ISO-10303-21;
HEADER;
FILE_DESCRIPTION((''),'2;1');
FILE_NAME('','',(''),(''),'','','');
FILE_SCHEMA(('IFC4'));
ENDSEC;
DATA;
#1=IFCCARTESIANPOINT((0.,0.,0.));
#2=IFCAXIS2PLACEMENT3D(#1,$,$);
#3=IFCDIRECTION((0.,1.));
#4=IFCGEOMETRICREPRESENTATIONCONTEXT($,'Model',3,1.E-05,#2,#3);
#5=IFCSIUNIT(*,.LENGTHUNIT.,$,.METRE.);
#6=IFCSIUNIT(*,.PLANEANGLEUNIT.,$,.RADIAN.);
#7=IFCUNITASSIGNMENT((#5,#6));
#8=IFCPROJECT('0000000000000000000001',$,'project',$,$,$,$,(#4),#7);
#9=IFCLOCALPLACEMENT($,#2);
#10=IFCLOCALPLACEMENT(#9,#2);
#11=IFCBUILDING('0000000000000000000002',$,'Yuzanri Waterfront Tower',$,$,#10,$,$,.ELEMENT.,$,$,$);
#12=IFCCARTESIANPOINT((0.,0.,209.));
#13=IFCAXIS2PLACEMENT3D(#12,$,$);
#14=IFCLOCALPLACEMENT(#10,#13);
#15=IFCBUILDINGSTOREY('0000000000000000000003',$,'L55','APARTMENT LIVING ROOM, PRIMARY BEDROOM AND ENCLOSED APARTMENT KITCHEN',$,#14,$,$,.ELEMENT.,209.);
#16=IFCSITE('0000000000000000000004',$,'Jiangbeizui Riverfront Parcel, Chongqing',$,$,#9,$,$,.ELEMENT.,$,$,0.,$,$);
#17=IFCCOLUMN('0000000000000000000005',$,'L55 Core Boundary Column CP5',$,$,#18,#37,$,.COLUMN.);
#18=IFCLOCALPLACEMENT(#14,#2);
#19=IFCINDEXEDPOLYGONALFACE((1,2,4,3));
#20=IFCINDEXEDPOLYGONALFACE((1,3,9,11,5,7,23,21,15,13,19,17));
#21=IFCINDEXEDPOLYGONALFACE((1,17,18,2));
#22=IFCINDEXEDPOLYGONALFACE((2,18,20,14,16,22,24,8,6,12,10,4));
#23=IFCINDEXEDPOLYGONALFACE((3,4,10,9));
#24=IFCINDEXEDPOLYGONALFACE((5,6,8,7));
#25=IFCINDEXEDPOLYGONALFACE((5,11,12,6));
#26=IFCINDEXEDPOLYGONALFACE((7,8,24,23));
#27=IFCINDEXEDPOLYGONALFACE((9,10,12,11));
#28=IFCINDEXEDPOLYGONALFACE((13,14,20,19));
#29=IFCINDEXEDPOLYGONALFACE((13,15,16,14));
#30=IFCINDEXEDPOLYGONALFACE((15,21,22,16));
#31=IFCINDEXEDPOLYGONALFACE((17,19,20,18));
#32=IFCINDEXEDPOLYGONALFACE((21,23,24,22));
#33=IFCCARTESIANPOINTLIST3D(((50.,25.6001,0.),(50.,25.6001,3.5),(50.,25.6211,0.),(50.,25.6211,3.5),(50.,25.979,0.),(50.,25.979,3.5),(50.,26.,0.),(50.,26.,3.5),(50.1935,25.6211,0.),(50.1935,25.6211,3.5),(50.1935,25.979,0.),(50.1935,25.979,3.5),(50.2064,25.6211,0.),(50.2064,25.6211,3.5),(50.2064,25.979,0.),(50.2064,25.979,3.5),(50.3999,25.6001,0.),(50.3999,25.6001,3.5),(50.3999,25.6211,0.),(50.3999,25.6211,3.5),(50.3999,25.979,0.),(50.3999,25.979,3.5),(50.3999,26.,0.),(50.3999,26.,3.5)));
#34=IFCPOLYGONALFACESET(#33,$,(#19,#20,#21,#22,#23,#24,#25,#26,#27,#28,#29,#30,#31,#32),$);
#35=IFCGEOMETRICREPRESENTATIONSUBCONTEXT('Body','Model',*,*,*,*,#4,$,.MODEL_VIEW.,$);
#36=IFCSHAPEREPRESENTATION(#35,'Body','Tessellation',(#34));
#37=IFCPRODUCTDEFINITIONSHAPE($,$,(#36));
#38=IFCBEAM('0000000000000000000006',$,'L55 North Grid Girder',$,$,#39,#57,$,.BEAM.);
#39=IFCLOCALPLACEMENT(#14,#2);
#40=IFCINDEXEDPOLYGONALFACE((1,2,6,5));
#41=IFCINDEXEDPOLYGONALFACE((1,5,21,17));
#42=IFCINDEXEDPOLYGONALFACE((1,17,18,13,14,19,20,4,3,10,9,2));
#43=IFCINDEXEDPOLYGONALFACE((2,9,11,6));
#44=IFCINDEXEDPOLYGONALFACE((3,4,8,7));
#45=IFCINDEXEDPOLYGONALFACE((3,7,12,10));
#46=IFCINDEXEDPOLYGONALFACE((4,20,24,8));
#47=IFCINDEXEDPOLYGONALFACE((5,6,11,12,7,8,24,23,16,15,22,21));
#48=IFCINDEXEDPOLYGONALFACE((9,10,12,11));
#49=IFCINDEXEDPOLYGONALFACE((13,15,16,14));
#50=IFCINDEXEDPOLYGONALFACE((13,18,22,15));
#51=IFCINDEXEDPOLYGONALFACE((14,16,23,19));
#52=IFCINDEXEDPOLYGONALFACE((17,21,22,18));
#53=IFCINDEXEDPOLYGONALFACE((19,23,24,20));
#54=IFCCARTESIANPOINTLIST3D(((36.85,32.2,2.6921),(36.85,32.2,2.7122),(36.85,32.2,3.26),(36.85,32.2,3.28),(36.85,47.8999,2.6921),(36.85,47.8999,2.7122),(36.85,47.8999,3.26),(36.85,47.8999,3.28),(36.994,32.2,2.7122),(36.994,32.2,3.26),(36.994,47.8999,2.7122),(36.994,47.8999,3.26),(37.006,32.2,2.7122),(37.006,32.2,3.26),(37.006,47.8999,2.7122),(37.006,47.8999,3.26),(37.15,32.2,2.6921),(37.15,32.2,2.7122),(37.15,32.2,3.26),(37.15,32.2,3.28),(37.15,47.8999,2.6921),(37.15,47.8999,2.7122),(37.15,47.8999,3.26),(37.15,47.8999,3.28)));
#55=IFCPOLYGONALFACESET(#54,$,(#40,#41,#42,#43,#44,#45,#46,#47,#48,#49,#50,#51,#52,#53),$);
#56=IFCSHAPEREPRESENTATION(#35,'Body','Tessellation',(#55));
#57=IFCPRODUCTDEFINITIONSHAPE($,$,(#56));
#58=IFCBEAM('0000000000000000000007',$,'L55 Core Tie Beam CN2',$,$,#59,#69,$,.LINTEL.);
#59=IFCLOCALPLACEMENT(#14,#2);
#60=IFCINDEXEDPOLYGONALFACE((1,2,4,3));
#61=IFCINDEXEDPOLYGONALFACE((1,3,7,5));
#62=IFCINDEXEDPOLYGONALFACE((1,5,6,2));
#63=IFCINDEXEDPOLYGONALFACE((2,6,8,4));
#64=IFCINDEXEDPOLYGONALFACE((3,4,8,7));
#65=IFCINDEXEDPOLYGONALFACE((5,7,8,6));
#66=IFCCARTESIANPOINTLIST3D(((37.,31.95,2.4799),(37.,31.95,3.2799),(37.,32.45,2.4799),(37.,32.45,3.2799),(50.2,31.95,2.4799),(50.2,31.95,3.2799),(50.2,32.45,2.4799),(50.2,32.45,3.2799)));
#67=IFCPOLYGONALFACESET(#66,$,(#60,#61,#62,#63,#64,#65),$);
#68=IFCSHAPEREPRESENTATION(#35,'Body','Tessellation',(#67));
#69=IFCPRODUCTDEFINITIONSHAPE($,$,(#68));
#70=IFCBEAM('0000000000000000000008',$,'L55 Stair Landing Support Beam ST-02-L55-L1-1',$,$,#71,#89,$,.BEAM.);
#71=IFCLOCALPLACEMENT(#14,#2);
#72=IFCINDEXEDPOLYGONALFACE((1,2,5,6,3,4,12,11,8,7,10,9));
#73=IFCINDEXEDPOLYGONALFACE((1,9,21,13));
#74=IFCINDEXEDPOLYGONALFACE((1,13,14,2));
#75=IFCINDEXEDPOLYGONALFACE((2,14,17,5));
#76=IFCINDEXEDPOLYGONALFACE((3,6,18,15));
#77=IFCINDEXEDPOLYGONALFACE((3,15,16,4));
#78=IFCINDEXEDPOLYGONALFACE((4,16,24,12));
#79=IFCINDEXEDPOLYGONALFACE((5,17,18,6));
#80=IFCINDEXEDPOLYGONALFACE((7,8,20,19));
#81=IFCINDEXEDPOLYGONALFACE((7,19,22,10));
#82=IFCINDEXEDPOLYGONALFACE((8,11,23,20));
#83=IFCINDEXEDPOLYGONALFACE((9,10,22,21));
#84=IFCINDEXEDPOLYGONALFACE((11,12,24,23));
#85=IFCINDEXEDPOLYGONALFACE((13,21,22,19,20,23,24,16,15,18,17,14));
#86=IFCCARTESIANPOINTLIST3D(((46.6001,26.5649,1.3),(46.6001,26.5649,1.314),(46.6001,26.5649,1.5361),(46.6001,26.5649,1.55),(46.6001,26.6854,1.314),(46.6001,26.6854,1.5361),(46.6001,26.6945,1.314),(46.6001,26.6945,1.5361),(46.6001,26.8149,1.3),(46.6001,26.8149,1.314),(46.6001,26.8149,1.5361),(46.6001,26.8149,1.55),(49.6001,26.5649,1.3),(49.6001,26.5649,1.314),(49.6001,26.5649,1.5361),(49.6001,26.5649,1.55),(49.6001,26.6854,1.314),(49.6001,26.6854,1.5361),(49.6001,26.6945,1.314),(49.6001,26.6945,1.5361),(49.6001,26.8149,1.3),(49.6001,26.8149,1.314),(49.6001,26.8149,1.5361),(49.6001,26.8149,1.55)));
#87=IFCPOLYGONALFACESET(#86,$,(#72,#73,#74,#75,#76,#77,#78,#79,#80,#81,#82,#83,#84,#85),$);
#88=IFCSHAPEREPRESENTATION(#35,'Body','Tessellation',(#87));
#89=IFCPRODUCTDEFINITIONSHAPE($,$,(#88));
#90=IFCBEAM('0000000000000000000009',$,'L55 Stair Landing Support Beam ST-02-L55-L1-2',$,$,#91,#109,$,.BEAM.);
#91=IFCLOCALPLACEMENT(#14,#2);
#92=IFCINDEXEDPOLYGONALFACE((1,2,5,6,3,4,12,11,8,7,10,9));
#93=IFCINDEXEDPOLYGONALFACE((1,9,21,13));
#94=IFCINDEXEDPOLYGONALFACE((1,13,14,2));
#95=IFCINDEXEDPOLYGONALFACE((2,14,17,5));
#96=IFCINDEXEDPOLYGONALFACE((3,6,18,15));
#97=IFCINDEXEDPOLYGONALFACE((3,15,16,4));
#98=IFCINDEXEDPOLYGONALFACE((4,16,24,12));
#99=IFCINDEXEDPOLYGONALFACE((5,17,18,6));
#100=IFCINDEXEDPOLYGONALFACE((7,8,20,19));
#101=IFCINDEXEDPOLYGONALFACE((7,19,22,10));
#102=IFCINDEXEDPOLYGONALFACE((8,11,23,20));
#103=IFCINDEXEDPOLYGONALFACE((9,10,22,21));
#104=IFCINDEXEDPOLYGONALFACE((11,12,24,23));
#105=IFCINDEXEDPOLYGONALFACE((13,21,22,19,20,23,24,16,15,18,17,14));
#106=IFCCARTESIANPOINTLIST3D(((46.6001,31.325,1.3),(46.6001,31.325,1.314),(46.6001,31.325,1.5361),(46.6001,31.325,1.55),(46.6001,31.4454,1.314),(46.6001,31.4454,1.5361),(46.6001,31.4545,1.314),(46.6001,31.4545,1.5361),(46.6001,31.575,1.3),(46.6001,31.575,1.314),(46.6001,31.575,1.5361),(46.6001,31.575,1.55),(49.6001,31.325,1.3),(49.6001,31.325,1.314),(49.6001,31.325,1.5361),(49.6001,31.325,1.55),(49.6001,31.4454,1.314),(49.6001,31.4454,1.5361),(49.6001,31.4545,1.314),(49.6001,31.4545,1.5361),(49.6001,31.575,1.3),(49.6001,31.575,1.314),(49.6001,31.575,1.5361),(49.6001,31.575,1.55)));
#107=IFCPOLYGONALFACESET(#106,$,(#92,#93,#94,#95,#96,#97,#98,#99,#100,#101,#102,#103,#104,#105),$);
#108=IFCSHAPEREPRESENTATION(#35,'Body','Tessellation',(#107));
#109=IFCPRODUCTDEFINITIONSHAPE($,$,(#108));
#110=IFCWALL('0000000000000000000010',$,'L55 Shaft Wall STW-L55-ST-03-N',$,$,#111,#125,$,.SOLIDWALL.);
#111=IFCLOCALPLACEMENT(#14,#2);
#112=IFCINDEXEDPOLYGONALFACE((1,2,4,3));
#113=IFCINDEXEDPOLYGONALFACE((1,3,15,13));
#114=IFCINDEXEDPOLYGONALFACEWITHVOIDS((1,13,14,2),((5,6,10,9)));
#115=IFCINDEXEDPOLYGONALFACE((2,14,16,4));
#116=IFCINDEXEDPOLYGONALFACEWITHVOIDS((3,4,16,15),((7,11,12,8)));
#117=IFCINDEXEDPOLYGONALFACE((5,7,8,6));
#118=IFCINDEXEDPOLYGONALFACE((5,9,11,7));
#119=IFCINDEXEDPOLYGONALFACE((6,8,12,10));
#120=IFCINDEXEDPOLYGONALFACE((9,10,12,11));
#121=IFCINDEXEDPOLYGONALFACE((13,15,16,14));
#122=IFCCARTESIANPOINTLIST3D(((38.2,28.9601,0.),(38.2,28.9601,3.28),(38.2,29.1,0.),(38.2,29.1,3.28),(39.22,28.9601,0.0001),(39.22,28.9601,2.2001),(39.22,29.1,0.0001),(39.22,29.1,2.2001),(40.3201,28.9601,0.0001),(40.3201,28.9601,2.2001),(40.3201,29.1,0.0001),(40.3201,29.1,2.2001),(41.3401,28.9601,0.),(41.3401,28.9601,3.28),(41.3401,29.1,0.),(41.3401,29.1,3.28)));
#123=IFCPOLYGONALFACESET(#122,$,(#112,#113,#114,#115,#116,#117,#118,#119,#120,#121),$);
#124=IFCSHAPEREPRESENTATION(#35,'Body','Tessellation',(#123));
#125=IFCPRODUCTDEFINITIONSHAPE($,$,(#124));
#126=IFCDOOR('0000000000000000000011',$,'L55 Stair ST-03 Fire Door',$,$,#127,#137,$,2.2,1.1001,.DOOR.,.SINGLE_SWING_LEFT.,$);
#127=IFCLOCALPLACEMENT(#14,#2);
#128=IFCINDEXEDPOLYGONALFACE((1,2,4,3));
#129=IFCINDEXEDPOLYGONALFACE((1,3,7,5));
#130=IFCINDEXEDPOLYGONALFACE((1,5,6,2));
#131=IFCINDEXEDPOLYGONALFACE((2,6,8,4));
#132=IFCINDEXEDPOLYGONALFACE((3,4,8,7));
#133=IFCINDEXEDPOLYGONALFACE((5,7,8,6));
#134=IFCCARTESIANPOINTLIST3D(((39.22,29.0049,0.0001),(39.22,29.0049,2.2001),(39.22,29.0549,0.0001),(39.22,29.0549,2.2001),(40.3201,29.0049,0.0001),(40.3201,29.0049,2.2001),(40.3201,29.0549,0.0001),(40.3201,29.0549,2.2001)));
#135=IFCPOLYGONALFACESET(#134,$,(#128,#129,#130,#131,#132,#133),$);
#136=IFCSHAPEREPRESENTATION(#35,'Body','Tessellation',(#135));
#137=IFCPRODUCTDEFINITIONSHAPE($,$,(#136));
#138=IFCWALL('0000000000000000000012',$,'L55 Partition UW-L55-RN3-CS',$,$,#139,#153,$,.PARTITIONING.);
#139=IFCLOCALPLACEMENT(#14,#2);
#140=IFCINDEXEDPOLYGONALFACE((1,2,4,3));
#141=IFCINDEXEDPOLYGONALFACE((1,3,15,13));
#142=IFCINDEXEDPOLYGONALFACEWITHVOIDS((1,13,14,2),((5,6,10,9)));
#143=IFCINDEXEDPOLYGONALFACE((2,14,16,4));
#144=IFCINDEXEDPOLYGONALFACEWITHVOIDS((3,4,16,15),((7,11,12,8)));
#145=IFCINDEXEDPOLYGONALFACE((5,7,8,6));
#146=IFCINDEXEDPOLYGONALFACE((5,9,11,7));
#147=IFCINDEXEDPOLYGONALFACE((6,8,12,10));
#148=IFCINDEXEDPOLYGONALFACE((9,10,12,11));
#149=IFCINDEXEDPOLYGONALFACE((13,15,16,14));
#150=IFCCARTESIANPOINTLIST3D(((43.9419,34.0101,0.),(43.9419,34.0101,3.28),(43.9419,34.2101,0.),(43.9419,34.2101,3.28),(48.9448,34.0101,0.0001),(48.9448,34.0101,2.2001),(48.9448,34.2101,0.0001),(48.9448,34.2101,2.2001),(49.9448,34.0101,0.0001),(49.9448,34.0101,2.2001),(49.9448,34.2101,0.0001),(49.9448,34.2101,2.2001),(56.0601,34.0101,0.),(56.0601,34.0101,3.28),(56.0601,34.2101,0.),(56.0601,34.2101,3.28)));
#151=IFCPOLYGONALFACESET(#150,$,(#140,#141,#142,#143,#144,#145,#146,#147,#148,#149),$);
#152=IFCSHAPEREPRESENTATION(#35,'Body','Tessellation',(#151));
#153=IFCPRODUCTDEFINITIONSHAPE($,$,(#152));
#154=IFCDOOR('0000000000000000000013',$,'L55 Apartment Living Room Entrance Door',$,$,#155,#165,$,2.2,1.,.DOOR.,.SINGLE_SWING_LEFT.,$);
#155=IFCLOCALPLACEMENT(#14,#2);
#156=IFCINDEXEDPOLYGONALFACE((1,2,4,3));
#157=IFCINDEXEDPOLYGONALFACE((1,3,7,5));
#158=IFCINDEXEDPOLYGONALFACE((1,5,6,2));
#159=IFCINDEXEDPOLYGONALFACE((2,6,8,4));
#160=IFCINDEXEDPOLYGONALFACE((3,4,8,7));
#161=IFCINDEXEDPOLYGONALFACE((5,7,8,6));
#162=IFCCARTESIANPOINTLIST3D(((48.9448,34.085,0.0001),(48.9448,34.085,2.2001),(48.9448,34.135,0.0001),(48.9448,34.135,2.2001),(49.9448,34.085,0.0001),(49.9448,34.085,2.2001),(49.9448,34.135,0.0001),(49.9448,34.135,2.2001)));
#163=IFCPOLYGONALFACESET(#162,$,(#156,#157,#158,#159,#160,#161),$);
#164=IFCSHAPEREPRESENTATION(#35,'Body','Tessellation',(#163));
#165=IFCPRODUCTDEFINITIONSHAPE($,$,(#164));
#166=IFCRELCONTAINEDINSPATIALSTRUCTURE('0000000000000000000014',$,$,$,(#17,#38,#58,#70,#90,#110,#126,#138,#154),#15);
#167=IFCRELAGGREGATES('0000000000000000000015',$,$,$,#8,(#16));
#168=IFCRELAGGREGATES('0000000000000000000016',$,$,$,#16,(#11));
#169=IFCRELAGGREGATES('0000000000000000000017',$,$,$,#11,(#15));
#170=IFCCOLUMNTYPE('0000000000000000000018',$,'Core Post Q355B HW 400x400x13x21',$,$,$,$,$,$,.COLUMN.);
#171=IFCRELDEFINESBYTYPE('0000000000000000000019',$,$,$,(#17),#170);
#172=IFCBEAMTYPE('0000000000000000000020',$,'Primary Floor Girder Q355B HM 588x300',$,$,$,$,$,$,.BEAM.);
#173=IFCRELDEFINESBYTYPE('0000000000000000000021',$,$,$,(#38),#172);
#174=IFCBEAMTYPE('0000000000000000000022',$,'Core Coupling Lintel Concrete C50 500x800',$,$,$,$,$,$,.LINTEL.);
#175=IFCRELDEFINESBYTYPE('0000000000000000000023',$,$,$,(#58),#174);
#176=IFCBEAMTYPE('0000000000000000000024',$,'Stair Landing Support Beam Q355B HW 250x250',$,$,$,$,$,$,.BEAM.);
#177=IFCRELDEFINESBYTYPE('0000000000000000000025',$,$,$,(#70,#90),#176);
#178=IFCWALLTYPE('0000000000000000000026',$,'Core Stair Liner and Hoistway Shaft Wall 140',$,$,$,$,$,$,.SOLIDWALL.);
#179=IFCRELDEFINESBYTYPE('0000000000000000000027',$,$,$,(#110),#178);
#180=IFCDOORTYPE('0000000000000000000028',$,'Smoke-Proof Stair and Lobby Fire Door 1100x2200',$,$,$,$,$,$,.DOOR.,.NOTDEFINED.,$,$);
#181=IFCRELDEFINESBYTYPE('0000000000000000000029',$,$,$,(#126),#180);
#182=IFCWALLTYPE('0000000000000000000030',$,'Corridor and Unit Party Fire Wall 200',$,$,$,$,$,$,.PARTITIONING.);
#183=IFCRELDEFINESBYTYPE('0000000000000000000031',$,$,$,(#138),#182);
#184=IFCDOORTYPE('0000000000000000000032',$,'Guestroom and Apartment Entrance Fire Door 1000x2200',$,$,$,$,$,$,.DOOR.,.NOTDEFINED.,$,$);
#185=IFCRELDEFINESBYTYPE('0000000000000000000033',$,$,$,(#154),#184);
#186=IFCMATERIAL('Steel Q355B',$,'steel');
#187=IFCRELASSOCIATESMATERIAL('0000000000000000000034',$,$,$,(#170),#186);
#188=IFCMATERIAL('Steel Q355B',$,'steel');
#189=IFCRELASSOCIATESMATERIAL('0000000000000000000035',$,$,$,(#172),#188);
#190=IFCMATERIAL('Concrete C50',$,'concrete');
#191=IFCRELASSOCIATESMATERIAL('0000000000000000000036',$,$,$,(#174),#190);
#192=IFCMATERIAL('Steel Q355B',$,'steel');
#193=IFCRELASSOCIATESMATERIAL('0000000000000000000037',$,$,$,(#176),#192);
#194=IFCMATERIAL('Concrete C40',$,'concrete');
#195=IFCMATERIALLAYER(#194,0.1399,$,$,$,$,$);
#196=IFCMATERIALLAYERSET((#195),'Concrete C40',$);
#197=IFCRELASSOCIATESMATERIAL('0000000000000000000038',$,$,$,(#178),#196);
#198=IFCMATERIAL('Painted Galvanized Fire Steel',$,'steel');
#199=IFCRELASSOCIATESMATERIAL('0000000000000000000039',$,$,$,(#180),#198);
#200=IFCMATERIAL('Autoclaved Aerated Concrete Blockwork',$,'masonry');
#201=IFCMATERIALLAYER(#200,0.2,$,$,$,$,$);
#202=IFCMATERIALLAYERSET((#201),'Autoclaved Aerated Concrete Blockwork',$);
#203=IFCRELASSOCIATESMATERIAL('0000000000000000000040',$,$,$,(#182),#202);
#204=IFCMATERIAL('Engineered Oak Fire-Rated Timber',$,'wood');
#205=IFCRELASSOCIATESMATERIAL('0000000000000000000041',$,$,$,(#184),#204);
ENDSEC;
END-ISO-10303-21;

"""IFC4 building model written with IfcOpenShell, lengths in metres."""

from ifc_helpers import new_model, si_unit, direction, frame, frame_2d, origin, origin_2d, place, context, subcontext, project, spatial, rectangle, i_section, extrude, source, transform, mapped, material, layer, layer_set, material_profile, profile_set, type_object, element, fill, save


model = new_model("IFC4")

# Units and contexts
model_context = context("Model", 3, precision=1e-05, world=origin(), true_north=direction((0.0, 1.0)))
body_context = subcontext(model_context, "Body", "Model", "MODEL_VIEW")
ifc_project = project(units=[si_unit("LENGTHUNIT", "METRE"), si_unit("PLANEANGLEUNIT", "RADIAN")], contexts=[model_context])

# Site, building, storey
site_placement = place(None, origin())
site = spatial("IfcSite", under=ifc_project, at=site_placement, Name="Jiangbeizui Riverfront Parcel, Chongqing", CompositionType="ELEMENT", RefElevation=0.0)
building_placement = place(site_placement, origin())
building = spatial("IfcBuilding", under=site, at=building_placement, Name="Yuzanri Waterfront Tower", CompositionType="ELEMENT")
storey_placement = place(building_placement, frame((0.0, 0.0, 209.0)))
storey = spatial("IfcBuildingStorey", under=building, at=storey_placement, Name="L55", Description="APARTMENT LIVING ROOM, PRIMARY BEDROOM AND ENCLOSED APARTMENT KITCHEN", CompositionType="ELEMENT", Elevation=209.0)

# Column
ifc_material_1 = material(Name="Steel Q355B", Category="steel")
ifc_material_profile_1 = material_profile(ifc_material_1, i_section(OverallWidth=0.3999, OverallDepth=0.3999, WebThickness=0.0129, FlangeThickness=0.021, at=origin_2d()), Name="HW 400x400x13x21")
ifc_profile_set_1 = profile_set([ifc_material_profile_1], Name="Steel Q355B")
column_type = type_object("IfcColumnType", Name="Core Post Q355B HW 400x400x13x21", PredefinedType="COLUMN", material=ifc_profile_set_1)
shared_shape_1 = source(origin(), body_context, "Body", "SweptSolid", [
    extrude(i_section(OverallWidth=0.3999, OverallDepth=0.3999, WebThickness=0.0129, FlangeThickness=0.021, at=origin_2d()), origin(), (0.0, 0.0, 1.0), 3.5),
])
column_placement = place(storey_placement, frame((50.2, 25.8, 0.0), z_axis=(0.0, 0.0, 1.0), x_axis=(1.0, 0.0, 0.0)))
element("IfcColumn", 1, at=column_placement, inside=storey, type_object=column_type, Name="L55 Core Boundary Column CP5", PredefinedType="COLUMN", context=body_context, shape_type="MappedRepresentation", body=[
    mapped(shared_shape_1, transform((0.0, 0.0, 0.0), scale=1.0)),
])

# Beams
ifc_material_2 = material(Name="Steel Q355B", Category="steel")
ifc_material_profile_2 = material_profile(ifc_material_2, i_section(OverallWidth=0.3, OverallDepth=0.5879, WebThickness=0.012, FlangeThickness=0.02, at=origin_2d()), Name="HM 588x300x12x20")
ifc_profile_set_2 = profile_set([ifc_material_profile_2], Name="Steel Q355B")
beam_type_1 = type_object("IfcBeamType", Name="Primary Floor Girder Q355B HM 588x300", PredefinedType="BEAM", material=ifc_profile_set_2)
shared_shape_2 = source(origin(), body_context, "Body", "SweptSolid", [
    extrude(i_section(OverallWidth=0.3, OverallDepth=0.5879, WebThickness=0.012, FlangeThickness=0.02, at=origin_2d()), origin(), (0.0, 0.0, 1.0), 15.7),
])
beam_1_placement = place(storey_placement, frame((37.0, 32.2, 2.9861), z_axis=(0.0, 1.0, 0.0), x_axis=(-1.0, 0.0, 0.0)))
element("IfcBeam", 2, at=beam_1_placement, inside=storey, type_object=beam_type_1, Name="L55 North Grid Girder", PredefinedType="BEAM", context=body_context, shape_type="MappedRepresentation", body=[
    mapped(shared_shape_2, transform((0.0, 0.0, 0.0), scale=1.0)),
])
ifc_material_3 = material(Name="Concrete C50", Category="concrete")
ifc_material_profile_3 = material_profile(ifc_material_3, rectangle(XDim=0.5, YDim=0.8, at=origin_2d()), Name="RC 500x800")
ifc_profile_set_3 = profile_set([ifc_material_profile_3], Name="Concrete C50")
beam_type_2 = type_object("IfcBeamType", Name="Core Coupling Lintel Concrete C50 500x800", PredefinedType="LINTEL", material=ifc_profile_set_3)
shared_shape_3 = source(origin(), body_context, "Body", "SweptSolid", [
    extrude(rectangle(XDim=0.5, YDim=0.8, at=origin_2d()), origin(), (0.0, 0.0, 1.0), 13.2),
])
beam_2_placement = place(storey_placement, frame((37.0, 32.2, 2.8799), z_axis=(1.0, 0.0, 0.0), x_axis=(0.0, 1.0, 0.0)))
element("IfcBeam", 3, at=beam_2_placement, inside=storey, type_object=beam_type_2, Name="L55 Core Tie Beam CN2", PredefinedType="LINTEL", context=body_context, shape_type="MappedRepresentation", body=[
    mapped(shared_shape_3, transform((0.0, 0.0, 0.0), scale=1.0)),
])
ifc_material_4 = material(Name="Steel Q355B", Category="steel")
ifc_material_profile_4 = material_profile(ifc_material_4, i_section(OverallWidth=0.25, OverallDepth=0.25, WebThickness=0.009, FlangeThickness=0.0139, at=origin_2d()), Name="HW 250x250x9x14")
ifc_profile_set_4 = profile_set([ifc_material_profile_4], Name="Steel Q355B")
beam_type_3 = type_object("IfcBeamType", Name="Stair Landing Support Beam Q355B HW 250x250", PredefinedType="BEAM", material=ifc_profile_set_4)
shared_shape_4 = source(origin(), body_context, "Body", "SweptSolid", [
    extrude(i_section(OverallWidth=0.25, OverallDepth=0.25, WebThickness=0.009, FlangeThickness=0.0139, at=origin_2d()), origin(), (0.0, 0.0, 1.0), 3.0),
])
for number, where, z_axis, x_axis, name in (
    (4, (46.6001, 26.6899, 1.425), (1.0, 0.0, 0.0), (0.0, 1.0, 0.0), "L55 Stair Landing Support Beam ST-02-L55-L1-1"),
    (5, (46.6001, 31.45, 1.425), (1.0, 0.0, 0.0), (0.0, 1.0, 0.0), "L55 Stair Landing Support Beam ST-02-L55-L1-2"),
):
    element("IfcBeam", number, at=place(storey_placement, frame(where, z_axis=z_axis, x_axis=x_axis)), inside=storey, type_object=beam_type_3, Name=name, PredefinedType="BEAM", context=body_context, shape_type="MappedRepresentation", body=[
        mapped(shared_shape_4, transform((0.0, 0.0, 0.0), scale=1.0)),
    ])

# Walls, openings, doors
ifc_material_5 = material(Name="Concrete C40", Category="concrete")
ifc_layer_1 = layer(ifc_material_5, 0.1399)
ifc_layer_set_1 = layer_set([ifc_layer_1], Name="Concrete C40")
wall_type_1 = type_object("IfcWallType", Name="Core Stair Liner and Hoistway Shaft Wall 140", PredefinedType="SOLIDWALL", material=ifc_layer_set_1)
wall_1_placement = place(storey_placement, frame((38.2, 29.03, 0.0), z_axis=(0.0, 0.0, 1.0), x_axis=(1.0, 0.0, 0.0)))
wall_1 = element("IfcWall", 6, at=wall_1_placement, inside=storey, type_object=wall_type_1, Name="L55 Shaft Wall STW-L55-ST-03-N", PredefinedType="SOLIDWALL", context=body_context, shape_type="SweptSolid", body=[
    extrude(rectangle(XDim=3.1401, YDim=0.1399, at=frame_2d((1.5701, 0.0))), origin(), (0.0, 0.0, 1.0), 3.28),
])
opening_1_placement = place(wall_1_placement, frame((1.02, 0.0, 0.0)))
opening_1 = element("IfcOpeningElement", 7, at=opening_1_placement, cuts=wall_1, PredefinedType="OPENING", context=body_context, shape_type="SweptSolid", body=[
    extrude(rectangle(XDim=1.1001, YDim=2.2, at=frame_2d((0.55, 1.1001))), frame((0.0, 0.085, 0.0), z_axis=(0.0, -1.0, 0.0), x_axis=(1.0, 0.0, 0.0)), (0.0, 0.0, 1.0), 0.1697),
])
ifc_material_6 = material(Name="Painted Galvanized Fire Steel", Category="steel")
door_type_1 = type_object("IfcDoorType", Name="Smoke-Proof Stair and Lobby Fire Door 1100x2200", OperationType="NOTDEFINED", PredefinedType="DOOR", material=ifc_material_6)
shared_shape_5 = source(origin(), body_context, "Body", "SweptSolid", [
    extrude(rectangle(XDim=1.1001, YDim=2.2, at=frame_2d((0.55, 1.1001))), frame((0.0, 0.0249, 0.0), z_axis=(0.0, -1.0, 0.0), x_axis=(1.0, 0.0, 0.0)), (0.0, 0.0, 1.0), 0.05),
])
door_1_placement = place(opening_1_placement, origin())
door_1 = element("IfcDoor", 8, at=door_1_placement, inside=storey, type_object=door_type_1, Name="L55 Stair ST-03 Fire Door", OperationType="SINGLE_SWING_LEFT", OverallHeight=2.2, OverallWidth=1.1001, PredefinedType="DOOR", context=body_context, shape_type="MappedRepresentation", body=[
    mapped(shared_shape_5, transform((0.0, 0.0, 0.0), scale=1.0)),
])
fill(opening_1, door_1)
ifc_material_7 = material(Name="Autoclaved Aerated Concrete Blockwork", Category="masonry")
ifc_layer_2 = layer(ifc_material_7, 0.2)
ifc_layer_set_2 = layer_set([ifc_layer_2], Name="Autoclaved Aerated Concrete Blockwork")
wall_type_2 = type_object("IfcWallType", Name="Corridor and Unit Party Fire Wall 200", PredefinedType="PARTITIONING", material=ifc_layer_set_2)
wall_2_placement = place(storey_placement, frame((43.9419, 34.1101, 0.0), z_axis=(0.0, 0.0, 1.0), x_axis=(1.0, 0.0, 0.0)))
wall_2 = element("IfcWall", 9, at=wall_2_placement, inside=storey, type_object=wall_type_2, Name="L55 Partition UW-L55-RN3-CS", PredefinedType="PARTITIONING", context=body_context, shape_type="SweptSolid", body=[
    extrude(rectangle(XDim=12.1182, YDim=0.2, at=frame_2d((6.0591, 0.0))), origin(), (0.0, 0.0, 1.0), 3.28),
])
opening_2_placement = place(wall_2_placement, frame((5.0029, 0.0, 0.0)))
opening_2 = element("IfcOpeningElement", 10, at=opening_2_placement, cuts=wall_2, PredefinedType="OPENING", context=body_context, shape_type="SweptSolid", body=[
    extrude(rectangle(XDim=1.0, YDim=2.2, at=frame_2d((0.5, 1.1001))), frame((0.0, 0.1147, 0.0), z_axis=(0.0, -1.0, 0.0), x_axis=(1.0, 0.0, 0.0)), (0.0, 0.0, 1.0), 0.2297),
])
ifc_material_8 = material(Name="Engineered Oak Fire-Rated Timber", Category="wood")
door_type_2 = type_object("IfcDoorType", Name="Guestroom and Apartment Entrance Fire Door 1000x2200", OperationType="NOTDEFINED", PredefinedType="DOOR", material=ifc_material_8)
shared_shape_6 = source(origin(), body_context, "Body", "SweptSolid", [
    extrude(rectangle(XDim=1.0, YDim=2.2, at=frame_2d((0.5, 1.1001))), frame((0.0, 0.0249, 0.0), z_axis=(0.0, -1.0, 0.0), x_axis=(1.0, 0.0, 0.0)), (0.0, 0.0, 1.0), 0.05),
])
door_2_placement = place(opening_2_placement, origin())
door_2 = element("IfcDoor", 11, at=door_2_placement, inside=storey, type_object=door_type_2, Name="L55 Apartment Living Room Entrance Door", OperationType="SINGLE_SWING_LEFT", OverallHeight=2.2, OverallWidth=1.0, PredefinedType="DOOR", context=body_context, shape_type="MappedRepresentation", body=[
    mapped(shared_shape_6, transform((0.0, 0.0, 0.0), scale=1.0)),
])
fill(opening_2, door_2)

save(model, "model.ifc")
